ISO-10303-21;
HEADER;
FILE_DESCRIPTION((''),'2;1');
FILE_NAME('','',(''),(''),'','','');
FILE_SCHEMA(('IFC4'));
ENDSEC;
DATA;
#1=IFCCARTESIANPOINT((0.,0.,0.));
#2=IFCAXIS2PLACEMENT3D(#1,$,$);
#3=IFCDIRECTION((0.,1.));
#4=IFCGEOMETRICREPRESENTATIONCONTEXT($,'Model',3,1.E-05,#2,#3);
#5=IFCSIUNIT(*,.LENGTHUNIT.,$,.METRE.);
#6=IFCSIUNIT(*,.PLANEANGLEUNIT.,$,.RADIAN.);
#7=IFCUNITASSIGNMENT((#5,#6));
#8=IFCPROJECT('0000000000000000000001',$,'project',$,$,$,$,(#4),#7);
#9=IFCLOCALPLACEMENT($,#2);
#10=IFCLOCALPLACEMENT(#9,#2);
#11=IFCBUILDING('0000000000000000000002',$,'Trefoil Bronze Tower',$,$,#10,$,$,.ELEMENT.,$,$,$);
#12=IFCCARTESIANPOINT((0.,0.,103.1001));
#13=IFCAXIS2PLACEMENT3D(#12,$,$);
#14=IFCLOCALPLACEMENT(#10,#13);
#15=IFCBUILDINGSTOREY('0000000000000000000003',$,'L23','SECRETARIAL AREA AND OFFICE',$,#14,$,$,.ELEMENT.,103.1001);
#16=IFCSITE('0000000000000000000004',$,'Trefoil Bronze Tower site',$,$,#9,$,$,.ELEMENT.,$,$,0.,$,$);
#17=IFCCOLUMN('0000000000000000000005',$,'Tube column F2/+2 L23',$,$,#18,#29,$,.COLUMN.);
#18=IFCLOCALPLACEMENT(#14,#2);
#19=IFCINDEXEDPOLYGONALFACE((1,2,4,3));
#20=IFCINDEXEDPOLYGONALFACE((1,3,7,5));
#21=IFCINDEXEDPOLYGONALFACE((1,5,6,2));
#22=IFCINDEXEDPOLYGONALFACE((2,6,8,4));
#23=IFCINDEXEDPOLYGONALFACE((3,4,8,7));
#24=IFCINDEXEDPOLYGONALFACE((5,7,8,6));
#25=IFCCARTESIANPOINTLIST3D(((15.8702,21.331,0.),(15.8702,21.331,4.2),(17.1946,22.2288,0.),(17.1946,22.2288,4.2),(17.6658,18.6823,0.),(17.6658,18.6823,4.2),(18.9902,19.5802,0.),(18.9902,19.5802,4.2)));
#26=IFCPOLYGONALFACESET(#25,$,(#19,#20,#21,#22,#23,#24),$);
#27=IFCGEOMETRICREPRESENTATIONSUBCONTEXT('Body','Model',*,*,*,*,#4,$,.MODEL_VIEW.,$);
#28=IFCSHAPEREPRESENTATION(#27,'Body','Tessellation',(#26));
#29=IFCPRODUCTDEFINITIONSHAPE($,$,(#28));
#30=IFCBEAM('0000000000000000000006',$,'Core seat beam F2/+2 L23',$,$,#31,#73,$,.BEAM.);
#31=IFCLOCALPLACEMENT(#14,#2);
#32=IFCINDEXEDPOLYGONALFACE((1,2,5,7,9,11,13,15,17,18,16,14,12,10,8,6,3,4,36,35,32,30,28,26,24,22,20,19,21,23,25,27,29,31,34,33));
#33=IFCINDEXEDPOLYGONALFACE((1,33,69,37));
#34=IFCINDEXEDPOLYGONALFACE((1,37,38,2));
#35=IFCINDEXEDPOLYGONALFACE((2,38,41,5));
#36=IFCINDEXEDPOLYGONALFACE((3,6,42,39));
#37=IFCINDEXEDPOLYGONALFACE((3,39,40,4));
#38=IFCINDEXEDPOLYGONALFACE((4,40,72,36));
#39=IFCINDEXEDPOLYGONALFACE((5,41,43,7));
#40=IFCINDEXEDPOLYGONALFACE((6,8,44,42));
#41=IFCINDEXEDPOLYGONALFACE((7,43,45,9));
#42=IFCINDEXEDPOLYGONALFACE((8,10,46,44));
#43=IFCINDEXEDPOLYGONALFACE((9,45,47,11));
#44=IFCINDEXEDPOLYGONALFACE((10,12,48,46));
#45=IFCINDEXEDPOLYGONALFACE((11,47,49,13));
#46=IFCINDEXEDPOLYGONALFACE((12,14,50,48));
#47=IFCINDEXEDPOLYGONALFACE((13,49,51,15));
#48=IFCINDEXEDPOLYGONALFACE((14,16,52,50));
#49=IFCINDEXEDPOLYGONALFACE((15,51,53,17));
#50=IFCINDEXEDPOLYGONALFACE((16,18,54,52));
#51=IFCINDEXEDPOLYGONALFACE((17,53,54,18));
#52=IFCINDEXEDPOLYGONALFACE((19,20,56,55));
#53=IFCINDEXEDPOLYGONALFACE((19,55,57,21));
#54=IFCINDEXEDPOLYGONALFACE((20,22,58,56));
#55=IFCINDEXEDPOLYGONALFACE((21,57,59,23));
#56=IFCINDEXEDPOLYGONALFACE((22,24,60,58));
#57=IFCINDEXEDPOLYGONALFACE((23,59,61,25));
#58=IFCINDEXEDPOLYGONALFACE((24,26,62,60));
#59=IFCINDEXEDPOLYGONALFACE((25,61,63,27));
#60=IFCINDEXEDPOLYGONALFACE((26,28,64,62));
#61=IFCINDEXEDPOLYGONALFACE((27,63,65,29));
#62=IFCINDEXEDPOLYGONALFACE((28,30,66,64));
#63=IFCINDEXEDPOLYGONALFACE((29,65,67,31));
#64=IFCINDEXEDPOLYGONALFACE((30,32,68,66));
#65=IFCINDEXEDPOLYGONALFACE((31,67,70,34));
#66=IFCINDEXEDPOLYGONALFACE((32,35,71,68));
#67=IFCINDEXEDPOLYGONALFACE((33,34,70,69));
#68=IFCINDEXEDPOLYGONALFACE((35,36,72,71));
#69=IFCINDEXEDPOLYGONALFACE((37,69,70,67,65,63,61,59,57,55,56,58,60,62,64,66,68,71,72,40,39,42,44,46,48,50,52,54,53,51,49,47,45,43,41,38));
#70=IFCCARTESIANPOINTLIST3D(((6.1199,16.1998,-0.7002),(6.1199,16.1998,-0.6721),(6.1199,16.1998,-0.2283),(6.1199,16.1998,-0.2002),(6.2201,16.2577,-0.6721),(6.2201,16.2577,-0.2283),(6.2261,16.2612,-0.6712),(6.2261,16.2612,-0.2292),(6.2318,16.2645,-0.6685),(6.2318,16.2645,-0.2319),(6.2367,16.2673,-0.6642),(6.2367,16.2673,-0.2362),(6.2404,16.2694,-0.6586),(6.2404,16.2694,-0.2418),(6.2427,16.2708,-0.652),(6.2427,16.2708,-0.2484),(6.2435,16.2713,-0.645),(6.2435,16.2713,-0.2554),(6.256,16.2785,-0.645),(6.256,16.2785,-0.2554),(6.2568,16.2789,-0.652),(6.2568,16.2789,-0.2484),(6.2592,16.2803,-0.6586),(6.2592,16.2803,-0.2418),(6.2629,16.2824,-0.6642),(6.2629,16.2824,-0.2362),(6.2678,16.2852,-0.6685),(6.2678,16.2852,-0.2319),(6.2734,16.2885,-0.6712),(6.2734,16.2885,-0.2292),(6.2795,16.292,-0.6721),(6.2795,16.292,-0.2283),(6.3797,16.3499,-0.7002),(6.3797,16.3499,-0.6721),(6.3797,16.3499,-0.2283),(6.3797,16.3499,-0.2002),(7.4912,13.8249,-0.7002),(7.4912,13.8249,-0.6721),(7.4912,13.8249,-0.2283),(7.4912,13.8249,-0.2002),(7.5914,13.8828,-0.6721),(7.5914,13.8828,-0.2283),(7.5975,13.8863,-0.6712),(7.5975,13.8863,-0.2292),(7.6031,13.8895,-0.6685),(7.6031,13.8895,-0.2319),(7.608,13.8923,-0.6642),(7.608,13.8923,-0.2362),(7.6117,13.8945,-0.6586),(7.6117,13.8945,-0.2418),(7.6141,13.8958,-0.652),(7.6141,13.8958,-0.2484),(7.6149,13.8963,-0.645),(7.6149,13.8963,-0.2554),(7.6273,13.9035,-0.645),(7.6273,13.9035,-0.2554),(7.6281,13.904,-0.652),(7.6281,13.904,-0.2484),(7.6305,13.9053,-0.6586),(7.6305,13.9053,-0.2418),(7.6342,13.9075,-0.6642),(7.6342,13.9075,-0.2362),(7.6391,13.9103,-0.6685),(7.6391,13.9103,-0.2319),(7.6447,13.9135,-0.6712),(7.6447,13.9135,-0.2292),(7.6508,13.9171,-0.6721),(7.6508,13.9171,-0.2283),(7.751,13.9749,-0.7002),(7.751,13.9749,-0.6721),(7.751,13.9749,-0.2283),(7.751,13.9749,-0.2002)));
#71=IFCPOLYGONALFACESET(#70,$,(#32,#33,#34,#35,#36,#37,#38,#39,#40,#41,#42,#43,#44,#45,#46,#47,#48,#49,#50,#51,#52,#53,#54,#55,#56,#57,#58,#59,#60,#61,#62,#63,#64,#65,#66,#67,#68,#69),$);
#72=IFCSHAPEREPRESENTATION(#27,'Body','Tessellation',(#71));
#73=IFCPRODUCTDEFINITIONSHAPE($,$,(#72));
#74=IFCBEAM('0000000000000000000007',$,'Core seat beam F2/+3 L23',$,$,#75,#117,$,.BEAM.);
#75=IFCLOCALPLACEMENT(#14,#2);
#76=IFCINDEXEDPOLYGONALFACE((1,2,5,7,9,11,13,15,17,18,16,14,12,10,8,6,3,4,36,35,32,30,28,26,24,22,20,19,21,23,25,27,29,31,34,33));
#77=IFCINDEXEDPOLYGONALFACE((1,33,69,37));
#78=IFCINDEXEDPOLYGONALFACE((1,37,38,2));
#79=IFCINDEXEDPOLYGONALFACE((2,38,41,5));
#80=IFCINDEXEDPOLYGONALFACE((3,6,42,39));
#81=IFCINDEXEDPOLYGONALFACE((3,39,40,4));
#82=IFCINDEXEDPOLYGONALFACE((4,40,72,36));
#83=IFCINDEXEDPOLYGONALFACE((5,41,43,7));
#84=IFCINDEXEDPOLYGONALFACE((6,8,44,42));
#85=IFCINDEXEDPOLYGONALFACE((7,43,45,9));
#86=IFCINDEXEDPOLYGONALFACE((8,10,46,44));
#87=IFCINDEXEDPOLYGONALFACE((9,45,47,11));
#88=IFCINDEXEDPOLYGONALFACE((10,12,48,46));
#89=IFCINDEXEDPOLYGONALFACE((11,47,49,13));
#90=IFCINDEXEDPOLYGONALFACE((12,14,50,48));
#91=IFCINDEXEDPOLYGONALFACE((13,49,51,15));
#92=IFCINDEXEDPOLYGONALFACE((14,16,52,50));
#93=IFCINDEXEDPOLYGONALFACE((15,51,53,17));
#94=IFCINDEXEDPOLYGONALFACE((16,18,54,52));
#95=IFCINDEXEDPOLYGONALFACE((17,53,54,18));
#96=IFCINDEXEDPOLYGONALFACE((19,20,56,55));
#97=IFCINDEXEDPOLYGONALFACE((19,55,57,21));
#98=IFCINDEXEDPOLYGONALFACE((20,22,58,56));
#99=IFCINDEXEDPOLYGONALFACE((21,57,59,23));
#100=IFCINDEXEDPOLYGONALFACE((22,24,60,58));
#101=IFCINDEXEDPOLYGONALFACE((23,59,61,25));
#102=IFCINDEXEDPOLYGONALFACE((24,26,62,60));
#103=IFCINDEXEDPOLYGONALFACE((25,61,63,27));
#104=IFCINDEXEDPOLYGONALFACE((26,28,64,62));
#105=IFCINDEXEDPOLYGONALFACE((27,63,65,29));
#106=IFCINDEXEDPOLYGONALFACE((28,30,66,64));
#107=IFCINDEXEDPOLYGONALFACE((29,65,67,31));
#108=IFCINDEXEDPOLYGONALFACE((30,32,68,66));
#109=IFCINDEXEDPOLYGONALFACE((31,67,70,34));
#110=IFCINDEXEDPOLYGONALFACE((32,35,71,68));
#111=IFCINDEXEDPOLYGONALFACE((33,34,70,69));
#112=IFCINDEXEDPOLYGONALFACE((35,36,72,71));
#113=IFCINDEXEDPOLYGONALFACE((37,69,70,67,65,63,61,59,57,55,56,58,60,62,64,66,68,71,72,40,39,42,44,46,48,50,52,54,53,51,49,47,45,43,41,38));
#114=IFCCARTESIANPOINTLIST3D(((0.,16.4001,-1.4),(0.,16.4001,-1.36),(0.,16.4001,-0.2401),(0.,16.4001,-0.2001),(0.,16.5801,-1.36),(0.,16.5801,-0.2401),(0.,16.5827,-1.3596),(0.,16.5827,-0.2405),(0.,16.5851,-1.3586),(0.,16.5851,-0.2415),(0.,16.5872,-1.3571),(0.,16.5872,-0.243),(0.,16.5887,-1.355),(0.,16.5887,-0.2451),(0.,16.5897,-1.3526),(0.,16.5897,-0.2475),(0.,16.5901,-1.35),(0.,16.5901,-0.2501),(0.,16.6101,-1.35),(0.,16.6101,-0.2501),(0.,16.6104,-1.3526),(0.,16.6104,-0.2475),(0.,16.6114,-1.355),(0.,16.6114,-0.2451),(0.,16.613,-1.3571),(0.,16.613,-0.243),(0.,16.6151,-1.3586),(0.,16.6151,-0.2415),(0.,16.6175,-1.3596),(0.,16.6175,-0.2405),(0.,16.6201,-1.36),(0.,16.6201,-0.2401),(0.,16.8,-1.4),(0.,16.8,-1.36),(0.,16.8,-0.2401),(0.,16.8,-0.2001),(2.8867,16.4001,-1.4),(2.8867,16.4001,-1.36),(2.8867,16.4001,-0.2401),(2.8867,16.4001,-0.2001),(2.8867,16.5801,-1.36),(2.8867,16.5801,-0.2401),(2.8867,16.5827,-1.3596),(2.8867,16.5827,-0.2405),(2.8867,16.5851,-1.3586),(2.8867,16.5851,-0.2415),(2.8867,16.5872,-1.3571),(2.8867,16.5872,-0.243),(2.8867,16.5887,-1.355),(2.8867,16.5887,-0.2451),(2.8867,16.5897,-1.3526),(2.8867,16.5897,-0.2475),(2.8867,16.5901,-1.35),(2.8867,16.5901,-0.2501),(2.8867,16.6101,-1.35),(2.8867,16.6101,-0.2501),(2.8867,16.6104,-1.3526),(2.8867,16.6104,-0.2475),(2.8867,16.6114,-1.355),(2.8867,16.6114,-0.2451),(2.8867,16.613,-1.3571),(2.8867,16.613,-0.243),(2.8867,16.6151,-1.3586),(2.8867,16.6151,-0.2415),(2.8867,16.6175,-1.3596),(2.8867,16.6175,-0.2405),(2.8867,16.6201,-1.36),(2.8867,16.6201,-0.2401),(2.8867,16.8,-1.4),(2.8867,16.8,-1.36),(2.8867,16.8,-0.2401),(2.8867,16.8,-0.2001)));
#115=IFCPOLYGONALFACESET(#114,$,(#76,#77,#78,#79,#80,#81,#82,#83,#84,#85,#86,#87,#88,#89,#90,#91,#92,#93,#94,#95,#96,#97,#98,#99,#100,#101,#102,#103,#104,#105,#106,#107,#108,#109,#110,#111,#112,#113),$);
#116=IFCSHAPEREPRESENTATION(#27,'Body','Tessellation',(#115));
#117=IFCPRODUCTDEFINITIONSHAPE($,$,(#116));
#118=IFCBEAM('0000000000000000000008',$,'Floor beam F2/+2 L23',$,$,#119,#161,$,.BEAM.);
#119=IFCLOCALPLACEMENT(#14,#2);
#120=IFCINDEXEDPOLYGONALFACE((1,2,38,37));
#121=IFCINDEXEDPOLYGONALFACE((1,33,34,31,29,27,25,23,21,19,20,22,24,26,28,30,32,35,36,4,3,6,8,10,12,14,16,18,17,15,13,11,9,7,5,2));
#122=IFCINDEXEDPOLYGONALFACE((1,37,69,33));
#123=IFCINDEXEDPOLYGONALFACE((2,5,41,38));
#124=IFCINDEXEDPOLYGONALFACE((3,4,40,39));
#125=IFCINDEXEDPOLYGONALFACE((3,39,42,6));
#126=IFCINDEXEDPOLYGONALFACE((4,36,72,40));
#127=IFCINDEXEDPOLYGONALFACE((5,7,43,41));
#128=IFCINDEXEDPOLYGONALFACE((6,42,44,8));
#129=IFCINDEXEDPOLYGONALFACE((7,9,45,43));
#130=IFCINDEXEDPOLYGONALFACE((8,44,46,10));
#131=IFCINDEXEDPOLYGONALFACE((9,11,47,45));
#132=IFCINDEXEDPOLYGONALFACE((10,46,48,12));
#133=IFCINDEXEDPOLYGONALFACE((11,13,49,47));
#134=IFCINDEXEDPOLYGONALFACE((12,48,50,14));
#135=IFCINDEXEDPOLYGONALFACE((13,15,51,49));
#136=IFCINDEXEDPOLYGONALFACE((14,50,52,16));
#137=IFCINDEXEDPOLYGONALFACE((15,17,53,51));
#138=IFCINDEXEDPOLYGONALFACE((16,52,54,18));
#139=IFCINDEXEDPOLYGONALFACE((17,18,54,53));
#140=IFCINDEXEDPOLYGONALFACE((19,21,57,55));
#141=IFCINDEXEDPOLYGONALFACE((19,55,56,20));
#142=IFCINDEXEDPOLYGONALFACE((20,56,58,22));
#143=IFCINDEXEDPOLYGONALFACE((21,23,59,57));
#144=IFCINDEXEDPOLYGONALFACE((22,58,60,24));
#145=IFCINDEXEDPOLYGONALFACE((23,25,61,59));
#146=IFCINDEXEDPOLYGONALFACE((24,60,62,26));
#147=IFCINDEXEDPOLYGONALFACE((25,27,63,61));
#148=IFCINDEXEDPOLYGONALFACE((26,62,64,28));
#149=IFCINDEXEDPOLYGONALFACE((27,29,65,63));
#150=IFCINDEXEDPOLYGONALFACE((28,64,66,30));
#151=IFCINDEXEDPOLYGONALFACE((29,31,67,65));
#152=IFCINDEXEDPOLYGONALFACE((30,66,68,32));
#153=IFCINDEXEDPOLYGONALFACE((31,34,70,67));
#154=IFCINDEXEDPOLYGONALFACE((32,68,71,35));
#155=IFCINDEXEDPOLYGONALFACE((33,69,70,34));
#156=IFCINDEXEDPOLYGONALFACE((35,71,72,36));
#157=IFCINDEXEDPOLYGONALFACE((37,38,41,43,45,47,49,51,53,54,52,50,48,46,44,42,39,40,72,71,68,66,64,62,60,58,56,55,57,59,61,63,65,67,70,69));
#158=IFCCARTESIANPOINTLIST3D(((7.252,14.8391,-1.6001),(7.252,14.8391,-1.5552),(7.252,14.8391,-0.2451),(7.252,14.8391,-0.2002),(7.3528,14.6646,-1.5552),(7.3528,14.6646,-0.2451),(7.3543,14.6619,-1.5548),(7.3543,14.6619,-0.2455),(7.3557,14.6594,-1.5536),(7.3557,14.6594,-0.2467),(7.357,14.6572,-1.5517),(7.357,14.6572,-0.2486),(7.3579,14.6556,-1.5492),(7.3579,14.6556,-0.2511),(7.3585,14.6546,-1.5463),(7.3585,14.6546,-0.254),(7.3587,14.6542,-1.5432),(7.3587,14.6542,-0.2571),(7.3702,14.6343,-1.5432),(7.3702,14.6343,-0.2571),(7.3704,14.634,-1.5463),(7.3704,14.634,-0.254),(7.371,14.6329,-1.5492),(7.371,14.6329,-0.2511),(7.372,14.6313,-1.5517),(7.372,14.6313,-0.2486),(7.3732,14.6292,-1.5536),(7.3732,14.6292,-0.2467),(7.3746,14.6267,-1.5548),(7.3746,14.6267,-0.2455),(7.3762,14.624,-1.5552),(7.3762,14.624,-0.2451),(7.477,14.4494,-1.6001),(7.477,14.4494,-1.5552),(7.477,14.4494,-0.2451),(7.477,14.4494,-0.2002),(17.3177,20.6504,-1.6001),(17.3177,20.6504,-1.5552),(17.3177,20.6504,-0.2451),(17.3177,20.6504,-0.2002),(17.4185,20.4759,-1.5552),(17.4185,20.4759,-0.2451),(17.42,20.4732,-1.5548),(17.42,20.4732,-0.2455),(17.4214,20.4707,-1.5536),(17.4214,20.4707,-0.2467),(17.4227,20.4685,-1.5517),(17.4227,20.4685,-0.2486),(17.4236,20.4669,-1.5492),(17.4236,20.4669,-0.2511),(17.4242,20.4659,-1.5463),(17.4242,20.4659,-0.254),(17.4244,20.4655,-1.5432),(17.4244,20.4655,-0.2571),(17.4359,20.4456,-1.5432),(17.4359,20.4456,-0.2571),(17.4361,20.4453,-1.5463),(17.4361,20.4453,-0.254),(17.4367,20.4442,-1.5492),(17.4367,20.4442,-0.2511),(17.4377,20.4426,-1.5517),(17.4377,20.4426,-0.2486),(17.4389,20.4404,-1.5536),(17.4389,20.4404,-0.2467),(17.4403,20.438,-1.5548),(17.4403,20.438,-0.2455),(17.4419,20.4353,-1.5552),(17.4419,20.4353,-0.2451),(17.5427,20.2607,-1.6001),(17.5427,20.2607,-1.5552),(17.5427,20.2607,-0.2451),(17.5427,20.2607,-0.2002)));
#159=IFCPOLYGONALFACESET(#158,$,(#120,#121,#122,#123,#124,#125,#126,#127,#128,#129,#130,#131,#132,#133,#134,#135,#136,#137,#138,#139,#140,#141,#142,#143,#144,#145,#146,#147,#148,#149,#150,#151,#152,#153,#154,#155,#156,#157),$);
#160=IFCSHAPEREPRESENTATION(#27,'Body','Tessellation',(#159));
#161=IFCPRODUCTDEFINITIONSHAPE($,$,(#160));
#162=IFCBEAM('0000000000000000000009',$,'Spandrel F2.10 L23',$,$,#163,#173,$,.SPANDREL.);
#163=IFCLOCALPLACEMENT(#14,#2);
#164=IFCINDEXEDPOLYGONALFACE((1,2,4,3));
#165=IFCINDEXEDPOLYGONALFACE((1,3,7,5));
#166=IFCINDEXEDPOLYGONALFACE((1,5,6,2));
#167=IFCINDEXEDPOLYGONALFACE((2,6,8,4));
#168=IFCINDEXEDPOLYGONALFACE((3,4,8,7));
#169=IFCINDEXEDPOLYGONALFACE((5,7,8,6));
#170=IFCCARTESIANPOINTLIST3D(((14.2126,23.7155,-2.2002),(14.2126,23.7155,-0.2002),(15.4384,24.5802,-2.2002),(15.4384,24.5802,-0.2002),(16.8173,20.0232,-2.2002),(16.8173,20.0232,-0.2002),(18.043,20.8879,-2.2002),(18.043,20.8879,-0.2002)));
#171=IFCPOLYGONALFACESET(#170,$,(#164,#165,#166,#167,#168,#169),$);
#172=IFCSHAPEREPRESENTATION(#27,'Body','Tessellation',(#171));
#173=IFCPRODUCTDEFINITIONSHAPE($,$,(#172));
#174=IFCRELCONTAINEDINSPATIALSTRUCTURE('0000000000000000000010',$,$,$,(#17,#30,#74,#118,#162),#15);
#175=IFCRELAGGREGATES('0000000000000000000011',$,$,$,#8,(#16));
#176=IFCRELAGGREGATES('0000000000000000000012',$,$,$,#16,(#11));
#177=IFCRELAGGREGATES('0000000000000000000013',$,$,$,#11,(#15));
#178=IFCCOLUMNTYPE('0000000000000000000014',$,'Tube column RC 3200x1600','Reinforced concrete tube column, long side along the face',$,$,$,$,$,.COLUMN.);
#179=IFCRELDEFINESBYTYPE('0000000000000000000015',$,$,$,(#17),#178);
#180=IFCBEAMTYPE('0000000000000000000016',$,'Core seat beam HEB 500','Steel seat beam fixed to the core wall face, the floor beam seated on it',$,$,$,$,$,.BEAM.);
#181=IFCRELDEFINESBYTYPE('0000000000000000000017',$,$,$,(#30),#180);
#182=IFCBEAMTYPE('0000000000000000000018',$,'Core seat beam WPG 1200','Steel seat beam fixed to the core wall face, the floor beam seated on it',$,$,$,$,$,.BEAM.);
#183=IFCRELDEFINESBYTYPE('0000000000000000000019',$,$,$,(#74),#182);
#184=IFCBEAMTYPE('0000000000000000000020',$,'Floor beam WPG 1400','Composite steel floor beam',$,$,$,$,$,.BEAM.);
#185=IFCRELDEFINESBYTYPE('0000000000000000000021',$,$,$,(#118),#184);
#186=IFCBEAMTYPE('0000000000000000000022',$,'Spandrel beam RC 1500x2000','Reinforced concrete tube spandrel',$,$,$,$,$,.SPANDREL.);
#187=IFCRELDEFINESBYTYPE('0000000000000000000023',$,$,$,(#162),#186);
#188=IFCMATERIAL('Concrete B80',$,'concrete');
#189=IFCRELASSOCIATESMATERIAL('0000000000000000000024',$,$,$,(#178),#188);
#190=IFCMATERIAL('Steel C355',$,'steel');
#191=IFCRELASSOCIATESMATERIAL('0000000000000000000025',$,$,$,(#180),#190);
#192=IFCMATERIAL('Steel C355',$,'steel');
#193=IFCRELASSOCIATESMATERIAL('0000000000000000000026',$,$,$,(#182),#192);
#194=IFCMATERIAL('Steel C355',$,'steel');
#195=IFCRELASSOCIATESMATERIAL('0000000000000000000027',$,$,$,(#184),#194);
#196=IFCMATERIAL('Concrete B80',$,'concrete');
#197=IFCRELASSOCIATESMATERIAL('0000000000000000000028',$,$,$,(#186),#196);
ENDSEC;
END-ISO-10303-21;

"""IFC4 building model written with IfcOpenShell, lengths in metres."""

from ifc_helpers import new_model, si_unit, direction, frame, origin, origin_2d, place, context, subcontext, project, spatial, rectangle, i_section, extrude, material, material_profile, profile_set, type_object, element, save


model = new_model("IFC4")

# Units and contexts
model_context = context("Model", 3, precision=1e-05, world=origin(), true_north=direction((0.0, 1.0)))
body_context = subcontext(model_context, "Body", "Model", "MODEL_VIEW")
ifc_project = project(units=[si_unit("LENGTHUNIT", "METRE"), si_unit("PLANEANGLEUNIT", "RADIAN")], contexts=[model_context])

# Site, building, storey
site_placement = place(None, origin())
site = spatial("IfcSite", under=ifc_project, at=site_placement, Name="Trefoil Bronze Tower site", CompositionType="ELEMENT", RefElevation=0.0)
building_placement = place(site_placement, origin())
building = spatial("IfcBuilding", under=site, at=building_placement, Name="Trefoil Bronze Tower", CompositionType="ELEMENT")
storey_placement = place(building_placement, frame((0.0, 0.0, 103.1001)))
storey = spatial("IfcBuildingStorey", under=building, at=storey_placement, Name="L23", Description="SECRETARIAL AREA AND OFFICE", CompositionType="ELEMENT", Elevation=103.1001)

# Column
ifc_material_1 = material(Name="Concrete B80", Category="concrete")
ifc_material_profile_1 = material_profile(ifc_material_1, rectangle(XDim=3.2, YDim=1.6001, at=origin_2d()), Name="RC 3200x1600")
ifc_profile_set_1 = profile_set([ifc_material_profile_1], Name="Concrete B80")
column_type = type_object("IfcColumnType", Name="Tube column RC 3200x1600", Description="Reinforced concrete tube column, long side along the face", PredefinedType="COLUMN", material=ifc_profile_set_1)
column_placement = place(storey_placement, frame((17.4302, 20.4556, 0.0), z_axis=(0.0, 0.0, 1.0), x_axis=(-0.561136, 0.827724, 0.0)))
element("IfcColumn", 1, at=column_placement, inside=storey, type_object=column_type, Name="Tube column F2/+2 L23", PredefinedType="COLUMN", context=body_context, shape_type="SweptSolid", body=[
    extrude(rectangle(XDim=3.2, YDim=1.6001, at=origin_2d()), origin(), (0.0, 0.0, 1.0), 4.2),
])

# Beams
ifc_material_2 = material(Name="Steel C355", Category="steel")
ifc_material_profile_2 = material_profile(ifc_material_2, i_section(OverallWidth=0.3, OverallDepth=0.5, WebThickness=0.0144, FlangeThickness=0.0281, FilletRadius=0.0271, at=origin_2d()), Name="HEB 500")
ifc_profile_set_2 = profile_set([ifc_material_profile_2], Name="Steel C355")
beam_type_1 = type_object("IfcBeamType", Name="Core seat beam HEB 500", Description="Steel seat beam fixed to the core wall face, the floor beam seated on it", PredefinedType="BEAM", material=ifc_profile_set_2)
beam_1_placement = place(storey_placement, frame((7.6211, 13.8999, -0.4502), z_axis=(-0.500036, 0.866005, 0.0), x_axis=(-0.866005, -0.500036, 0.0)))
element("IfcBeam", 2, at=beam_1_placement, inside=storey, type_object=beam_type_1, Name="Core seat beam F2/+2 L23", PredefinedType="BEAM", context=body_context, shape_type="SweptSolid", body=[
    extrude(i_section(OverallWidth=0.3, OverallDepth=0.5, WebThickness=0.0144, FlangeThickness=0.0281, FilletRadius=0.0271, at=origin_2d()), origin(), (0.0, 0.0, 1.0), 2.7424),
])
ifc_material_3 = material(Name="Steel C355", Category="steel")
ifc_material_profile_3 = material_profile(ifc_material_3, i_section(OverallWidth=0.3999, OverallDepth=1.2, WebThickness=0.02, FlangeThickness=0.04, FilletRadius=0.01, at=origin_2d()), Name="WPG 1200")
ifc_profile_set_3 = profile_set([ifc_material_profile_3], Name="Steel C355")
beam_type_2 = type_object("IfcBeamType", Name="Core seat beam WPG 1200", Description="Steel seat beam fixed to the core wall face, the floor beam seated on it", PredefinedType="BEAM", material=ifc_profile_set_3)
beam_2_placement = place(storey_placement, frame((2.8867, 16.6001, -0.8), z_axis=(-1.0, 0.0, 0.0), x_axis=(0.0, -1.0, 0.0)))
element("IfcBeam", 3, at=beam_2_placement, inside=storey, type_object=beam_type_2, Name="Core seat beam F2/+3 L23", PredefinedType="BEAM", context=body_context, shape_type="SweptSolid", body=[
    extrude(i_section(OverallWidth=0.3999, OverallDepth=1.2, WebThickness=0.02, FlangeThickness=0.04, FilletRadius=0.01, at=origin_2d()), origin(), (0.0, 0.0, 1.0), 2.8867),
])
ifc_material_4 = material(Name="Steel C355", Category="steel")
ifc_material_profile_4 = material_profile(ifc_material_4, i_section(OverallWidth=0.45, OverallDepth=1.3999, WebThickness=0.0229, FlangeThickness=0.0449, FilletRadius=0.012, at=origin_2d()), Name="WPG 1400")
ifc_profile_set_4 = profile_set([ifc_material_profile_4], Name="Steel C355")
beam_type_3 = type_object("IfcBeamType", Name="Floor beam WPG 1400", Description="Composite steel floor beam", PredefinedType="BEAM", material=ifc_profile_set_4)
beam_3_placement = place(storey_placement, frame((17.4302, 20.4556, -0.9001), z_axis=(-0.866031, -0.499991, 0.0), x_axis=(0.499991, -0.866031, 0.0)))
element("IfcBeam", 4, at=beam_3_placement, inside=storey, type_object=beam_type_3, Name="Floor beam F2/+2 L23", PredefinedType="BEAM", context=body_context, shape_type="SweptSolid", body=[
    extrude(i_section(OverallWidth=0.45, OverallDepth=1.3999, WebThickness=0.0229, FlangeThickness=0.0449, FilletRadius=0.012, at=origin_2d()), origin(), (0.0, 0.0, 1.0), 11.6228),
])
ifc_material_5 = material(Name="Concrete B80", Category="concrete")
ifc_material_profile_5 = material_profile(ifc_material_5, rectangle(XDim=1.5, YDim=2.0, at=origin_2d()), Name="RC 1500x2000")
ifc_profile_set_5 = profile_set([ifc_material_profile_5], Name="Concrete B80")
beam_type_4 = type_object("IfcBeamType", Name="Spandrel beam RC 1500x2000", Description="Reinforced concrete tube spandrel", PredefinedType="SPANDREL", material=ifc_profile_set_5)
beam_4_placement = place(storey_placement, frame((17.4302, 20.4556, -1.2002), z_axis=(-0.576439, 0.81714, 0.0), x_axis=(-0.81714, -0.576439, 0.0)))
element("IfcBeam", 5, at=beam_4_placement, inside=storey, type_object=beam_type_4, Name="Spandrel F2.10 L23", PredefinedType="SPANDREL", context=body_context, shape_type="SweptSolid", body=[
    extrude(rectangle(XDim=1.5, YDim=2.0, at=origin_2d()), origin(), (0.0, 0.0, 1.0), 4.5186),
])

save(model, "model.ifc")
